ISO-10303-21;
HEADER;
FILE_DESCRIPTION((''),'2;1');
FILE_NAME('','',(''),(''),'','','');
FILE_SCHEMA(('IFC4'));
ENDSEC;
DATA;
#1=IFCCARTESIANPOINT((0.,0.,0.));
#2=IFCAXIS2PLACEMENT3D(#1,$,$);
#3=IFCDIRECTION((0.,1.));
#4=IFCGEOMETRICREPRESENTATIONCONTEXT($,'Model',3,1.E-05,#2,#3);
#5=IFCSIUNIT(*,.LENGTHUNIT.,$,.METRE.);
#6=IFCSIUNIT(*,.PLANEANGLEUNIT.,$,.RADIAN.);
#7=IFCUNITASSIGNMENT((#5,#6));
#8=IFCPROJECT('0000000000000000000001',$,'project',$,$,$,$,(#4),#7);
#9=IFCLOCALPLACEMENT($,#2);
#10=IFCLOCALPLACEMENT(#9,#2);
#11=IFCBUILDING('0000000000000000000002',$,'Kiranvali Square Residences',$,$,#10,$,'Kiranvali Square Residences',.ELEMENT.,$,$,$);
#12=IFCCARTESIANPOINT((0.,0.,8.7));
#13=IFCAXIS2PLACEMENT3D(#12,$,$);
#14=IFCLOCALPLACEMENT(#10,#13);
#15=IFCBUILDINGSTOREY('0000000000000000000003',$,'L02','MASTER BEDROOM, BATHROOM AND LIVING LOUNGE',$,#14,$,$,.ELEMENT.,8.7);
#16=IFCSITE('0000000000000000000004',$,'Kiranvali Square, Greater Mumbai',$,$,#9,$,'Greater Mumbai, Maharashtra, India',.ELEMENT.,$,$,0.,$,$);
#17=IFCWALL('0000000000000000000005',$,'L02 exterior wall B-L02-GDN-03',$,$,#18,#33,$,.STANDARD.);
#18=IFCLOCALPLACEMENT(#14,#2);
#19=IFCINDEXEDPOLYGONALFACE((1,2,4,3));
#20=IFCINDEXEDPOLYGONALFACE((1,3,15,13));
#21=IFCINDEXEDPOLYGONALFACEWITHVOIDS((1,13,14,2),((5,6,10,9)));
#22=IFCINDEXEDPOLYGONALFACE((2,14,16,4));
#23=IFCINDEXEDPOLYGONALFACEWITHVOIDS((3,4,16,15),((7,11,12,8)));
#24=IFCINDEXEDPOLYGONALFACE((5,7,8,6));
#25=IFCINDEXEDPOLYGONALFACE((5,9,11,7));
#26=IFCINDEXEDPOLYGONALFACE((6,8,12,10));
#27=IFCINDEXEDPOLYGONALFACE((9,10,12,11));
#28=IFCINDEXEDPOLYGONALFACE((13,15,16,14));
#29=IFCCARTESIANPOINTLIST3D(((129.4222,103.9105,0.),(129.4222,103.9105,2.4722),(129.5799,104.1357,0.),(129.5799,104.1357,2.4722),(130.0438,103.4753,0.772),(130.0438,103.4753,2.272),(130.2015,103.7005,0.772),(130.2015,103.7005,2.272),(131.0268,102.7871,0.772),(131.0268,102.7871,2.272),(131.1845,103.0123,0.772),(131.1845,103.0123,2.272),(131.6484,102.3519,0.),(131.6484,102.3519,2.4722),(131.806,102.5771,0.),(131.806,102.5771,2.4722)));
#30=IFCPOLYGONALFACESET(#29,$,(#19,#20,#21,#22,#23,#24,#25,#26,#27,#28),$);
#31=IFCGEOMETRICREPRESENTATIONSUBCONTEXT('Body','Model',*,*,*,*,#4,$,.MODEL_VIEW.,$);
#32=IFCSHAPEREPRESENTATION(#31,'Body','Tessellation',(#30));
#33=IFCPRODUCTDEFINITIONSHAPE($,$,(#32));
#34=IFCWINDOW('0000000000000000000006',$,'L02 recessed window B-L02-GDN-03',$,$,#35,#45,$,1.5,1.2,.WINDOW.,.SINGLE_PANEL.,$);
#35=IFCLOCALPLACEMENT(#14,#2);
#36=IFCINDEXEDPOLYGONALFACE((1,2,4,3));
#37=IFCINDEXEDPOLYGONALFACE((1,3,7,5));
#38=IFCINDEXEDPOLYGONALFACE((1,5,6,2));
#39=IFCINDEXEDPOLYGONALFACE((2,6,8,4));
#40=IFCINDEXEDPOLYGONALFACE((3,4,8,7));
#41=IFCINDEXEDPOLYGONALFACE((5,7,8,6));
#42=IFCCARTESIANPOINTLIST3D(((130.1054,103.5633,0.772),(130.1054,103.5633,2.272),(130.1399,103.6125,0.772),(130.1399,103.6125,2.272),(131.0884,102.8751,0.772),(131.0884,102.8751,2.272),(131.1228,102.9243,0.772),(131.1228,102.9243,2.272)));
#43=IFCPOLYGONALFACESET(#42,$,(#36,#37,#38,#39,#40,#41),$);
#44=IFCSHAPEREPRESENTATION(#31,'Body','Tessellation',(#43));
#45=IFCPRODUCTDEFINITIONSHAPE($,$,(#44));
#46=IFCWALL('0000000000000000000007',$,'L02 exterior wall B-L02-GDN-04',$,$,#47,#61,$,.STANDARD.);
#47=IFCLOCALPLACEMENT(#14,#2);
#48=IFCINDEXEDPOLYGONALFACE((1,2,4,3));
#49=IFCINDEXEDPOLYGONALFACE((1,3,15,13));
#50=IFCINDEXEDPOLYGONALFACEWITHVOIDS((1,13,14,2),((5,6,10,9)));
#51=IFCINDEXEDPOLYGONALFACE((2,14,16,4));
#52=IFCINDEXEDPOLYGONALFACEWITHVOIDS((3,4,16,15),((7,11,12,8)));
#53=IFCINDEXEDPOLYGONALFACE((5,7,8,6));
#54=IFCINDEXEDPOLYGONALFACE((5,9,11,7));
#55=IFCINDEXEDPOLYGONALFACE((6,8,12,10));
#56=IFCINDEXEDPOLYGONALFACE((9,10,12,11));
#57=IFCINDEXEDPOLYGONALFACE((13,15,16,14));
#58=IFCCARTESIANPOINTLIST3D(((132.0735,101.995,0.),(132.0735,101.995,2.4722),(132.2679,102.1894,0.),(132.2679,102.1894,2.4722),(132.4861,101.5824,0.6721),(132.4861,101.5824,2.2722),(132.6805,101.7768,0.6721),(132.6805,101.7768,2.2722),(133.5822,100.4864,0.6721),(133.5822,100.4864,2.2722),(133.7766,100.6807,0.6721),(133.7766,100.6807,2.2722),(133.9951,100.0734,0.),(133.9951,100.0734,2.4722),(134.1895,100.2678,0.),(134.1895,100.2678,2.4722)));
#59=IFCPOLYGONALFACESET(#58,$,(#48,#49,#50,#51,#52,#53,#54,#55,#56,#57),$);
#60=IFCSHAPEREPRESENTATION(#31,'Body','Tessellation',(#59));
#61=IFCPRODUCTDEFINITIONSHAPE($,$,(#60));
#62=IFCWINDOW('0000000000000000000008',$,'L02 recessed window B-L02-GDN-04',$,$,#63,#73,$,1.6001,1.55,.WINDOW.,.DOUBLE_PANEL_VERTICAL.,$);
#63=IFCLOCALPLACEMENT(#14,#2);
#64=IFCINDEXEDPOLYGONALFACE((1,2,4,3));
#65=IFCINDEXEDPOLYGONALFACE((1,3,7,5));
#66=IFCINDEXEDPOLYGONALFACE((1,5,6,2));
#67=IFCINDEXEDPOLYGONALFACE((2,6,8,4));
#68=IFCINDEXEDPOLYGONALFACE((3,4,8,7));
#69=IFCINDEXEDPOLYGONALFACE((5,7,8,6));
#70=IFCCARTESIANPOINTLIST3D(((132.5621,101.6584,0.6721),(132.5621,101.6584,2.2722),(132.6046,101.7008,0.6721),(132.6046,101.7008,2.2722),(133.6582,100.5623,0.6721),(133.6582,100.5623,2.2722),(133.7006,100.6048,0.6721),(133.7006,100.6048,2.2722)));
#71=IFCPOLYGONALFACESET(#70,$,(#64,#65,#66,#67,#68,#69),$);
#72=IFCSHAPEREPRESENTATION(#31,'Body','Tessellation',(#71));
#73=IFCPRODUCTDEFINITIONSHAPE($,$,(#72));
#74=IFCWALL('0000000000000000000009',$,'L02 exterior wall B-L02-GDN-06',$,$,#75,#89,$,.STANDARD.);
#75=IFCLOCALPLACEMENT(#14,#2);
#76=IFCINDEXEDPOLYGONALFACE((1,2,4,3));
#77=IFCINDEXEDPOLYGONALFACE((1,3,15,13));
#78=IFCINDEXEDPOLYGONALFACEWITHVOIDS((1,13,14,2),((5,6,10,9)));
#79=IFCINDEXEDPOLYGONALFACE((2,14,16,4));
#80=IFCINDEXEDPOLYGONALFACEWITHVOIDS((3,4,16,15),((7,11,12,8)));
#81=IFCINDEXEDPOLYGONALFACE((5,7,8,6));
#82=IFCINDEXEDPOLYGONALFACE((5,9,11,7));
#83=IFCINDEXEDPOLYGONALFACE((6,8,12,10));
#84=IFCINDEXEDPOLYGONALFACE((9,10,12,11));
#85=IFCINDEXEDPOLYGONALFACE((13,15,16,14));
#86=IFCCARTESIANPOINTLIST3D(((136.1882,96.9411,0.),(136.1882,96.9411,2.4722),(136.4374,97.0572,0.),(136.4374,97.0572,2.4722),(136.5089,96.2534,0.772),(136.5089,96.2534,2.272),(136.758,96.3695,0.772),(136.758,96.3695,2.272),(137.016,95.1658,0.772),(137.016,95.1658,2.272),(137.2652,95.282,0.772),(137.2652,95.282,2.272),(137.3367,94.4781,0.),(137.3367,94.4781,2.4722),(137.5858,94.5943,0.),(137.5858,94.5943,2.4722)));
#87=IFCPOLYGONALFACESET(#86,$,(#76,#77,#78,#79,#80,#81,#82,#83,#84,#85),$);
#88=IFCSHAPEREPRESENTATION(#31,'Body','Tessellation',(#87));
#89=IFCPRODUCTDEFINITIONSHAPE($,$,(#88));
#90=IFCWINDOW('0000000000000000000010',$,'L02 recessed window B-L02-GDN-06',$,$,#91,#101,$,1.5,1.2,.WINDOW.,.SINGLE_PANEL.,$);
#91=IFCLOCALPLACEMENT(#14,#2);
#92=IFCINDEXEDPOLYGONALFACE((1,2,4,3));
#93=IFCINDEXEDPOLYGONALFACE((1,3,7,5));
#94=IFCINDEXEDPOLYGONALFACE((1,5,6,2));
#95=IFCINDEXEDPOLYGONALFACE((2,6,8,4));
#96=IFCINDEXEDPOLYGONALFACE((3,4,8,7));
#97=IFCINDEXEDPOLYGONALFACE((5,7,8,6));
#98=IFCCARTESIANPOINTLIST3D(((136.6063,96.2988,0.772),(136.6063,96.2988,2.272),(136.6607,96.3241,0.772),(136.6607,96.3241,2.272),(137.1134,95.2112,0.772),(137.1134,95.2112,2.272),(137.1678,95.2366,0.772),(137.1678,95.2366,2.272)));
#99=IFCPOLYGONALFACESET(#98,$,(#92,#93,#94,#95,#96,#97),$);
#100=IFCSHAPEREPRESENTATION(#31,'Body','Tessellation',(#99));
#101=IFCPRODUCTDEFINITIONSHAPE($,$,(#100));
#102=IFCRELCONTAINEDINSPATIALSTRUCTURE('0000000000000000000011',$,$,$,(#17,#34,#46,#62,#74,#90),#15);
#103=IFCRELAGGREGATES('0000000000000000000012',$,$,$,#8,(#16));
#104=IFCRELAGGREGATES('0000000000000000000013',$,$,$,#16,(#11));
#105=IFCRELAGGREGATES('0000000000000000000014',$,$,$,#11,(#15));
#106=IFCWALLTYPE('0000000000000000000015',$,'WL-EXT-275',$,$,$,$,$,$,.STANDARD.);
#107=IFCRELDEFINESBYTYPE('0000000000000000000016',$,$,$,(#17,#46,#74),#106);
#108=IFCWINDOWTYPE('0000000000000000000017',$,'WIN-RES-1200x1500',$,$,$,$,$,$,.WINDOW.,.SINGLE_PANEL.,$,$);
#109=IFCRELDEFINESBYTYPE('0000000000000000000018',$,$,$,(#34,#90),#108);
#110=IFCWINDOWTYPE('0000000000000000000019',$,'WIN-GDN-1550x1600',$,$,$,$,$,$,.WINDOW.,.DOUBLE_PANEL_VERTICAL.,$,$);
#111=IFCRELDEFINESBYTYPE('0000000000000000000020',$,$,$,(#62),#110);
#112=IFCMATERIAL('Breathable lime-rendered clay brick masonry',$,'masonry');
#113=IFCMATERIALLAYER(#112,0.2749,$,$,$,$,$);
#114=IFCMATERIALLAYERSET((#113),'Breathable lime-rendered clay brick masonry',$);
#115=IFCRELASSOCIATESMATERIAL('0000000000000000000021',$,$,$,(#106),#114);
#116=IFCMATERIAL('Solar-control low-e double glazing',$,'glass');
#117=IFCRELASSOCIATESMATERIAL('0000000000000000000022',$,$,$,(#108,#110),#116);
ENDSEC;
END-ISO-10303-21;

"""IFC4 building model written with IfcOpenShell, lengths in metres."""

from ifc_helpers import new_model, si_unit, direction, frame, frame_2d, origin, place, context, subcontext, project, spatial, rectangle, extrude, material, layer, layer_set, type_object, element, fill, save


model = new_model("IFC4")

# Units and contexts
model_context = context("Model", 3, precision=1e-05, world=origin(), true_north=direction((0.0, 1.0)))
body_context = subcontext(model_context, "Body", "Model", "MODEL_VIEW")
ifc_project = project(units=[si_unit("LENGTHUNIT", "METRE"), si_unit("PLANEANGLEUNIT", "RADIAN")], contexts=[model_context])

# Site, building, storey
site_placement = place(None, origin())
site = spatial("IfcSite", under=ifc_project, at=site_placement, Name="Kiranvali Square, Greater Mumbai", LongName="Greater Mumbai, Maharashtra, India", CompositionType="ELEMENT", RefElevation=0.0)
building_placement = place(site_placement, origin())
building = spatial("IfcBuilding", under=site, at=building_placement, Name="Kiranvali Square Residences", LongName="Kiranvali Square Residences", CompositionType="ELEMENT")
storey_placement = place(building_placement, frame((0.0, 0.0, 8.7)))
storey = spatial("IfcBuildingStorey", under=building, at=storey_placement, Name="L02", Description="MASTER BEDROOM, BATHROOM AND LIVING LOUNGE", CompositionType="ELEMENT", Elevation=8.7)

# Shared definitions
ifc_material_1 = material(Name="Breathable lime-rendered clay brick masonry", Category="masonry")
ifc_layer_1 = layer(ifc_material_1, 0.2749)
ifc_layer_set_1 = layer_set([ifc_layer_1], Name="Breathable lime-rendered clay brick masonry")
wall_type_1 = type_object("IfcWallType", Name="WL-EXT-275", PredefinedType="STANDARD", material=ifc_layer_set_1)

# Walls, openings, windows
wall_1_placement = place(storey_placement, frame((129.501, 104.0232, 0.0), z_axis=(0.0, 0.0, 1.0), x_axis=(0.819173, -0.573547, 0.0)))
wall_1 = element("IfcWall", 1, at=wall_1_placement, inside=storey, type_object=wall_type_1, Name="L02 exterior wall B-L02-GDN-03", PredefinedType="STANDARD", context=body_context, shape_type="SweptSolid", body=[
    extrude(rectangle(XDim=2.7175, YDim=0.2749, at=frame_2d((1.3589, 0.0))), origin(), (0.0, 0.0, 1.0), 2.4722),
])
opening_1_placement = place(wall_1_placement, frame((0.7588, 0.0, 0.772)))
opening_1 = element("IfcOpeningElement", 2, at=opening_1_placement, cuts=wall_1, PredefinedType="OPENING", context=body_context, shape_type="SweptSolid", body=[
    extrude(rectangle(XDim=1.2, YDim=1.5, at=frame_2d((0.6001, 0.75))), frame((0.0, 0.1475, 0.0), z_axis=(0.0, -1.0, 0.0), x_axis=(1.0, 0.0, 0.0)), (0.0, 0.0, 1.0), 0.2949),
])
ifc_material_2 = material(Name="Solar-control low-e double glazing", Category="glass")
window_type_1 = type_object("IfcWindowType", Name="WIN-RES-1200x1500", PartitioningType="SINGLE_PANEL", PredefinedType="WINDOW", material=ifc_material_2)
window_1_placement = place(opening_1_placement, origin())
window_1 = element("IfcWindow", 3, at=window_1_placement, inside=storey, type_object=window_type_1, Name="L02 recessed window B-L02-GDN-03", OverallHeight=1.5, OverallWidth=1.2, PartitioningType="SINGLE_PANEL", PredefinedType="WINDOW", context=body_context, shape_type="SweptSolid", body=[
    extrude(rectangle(XDim=1.2, YDim=1.5, at=frame_2d((0.6001, 0.75))), frame((0.0, 0.03, 0.0), z_axis=(0.0, -1.0, 0.0), x_axis=(1.0, 0.0, 0.0)), (0.0, 0.0, 1.0), 0.0601),
])
fill(opening_1, window_1)
wall_2_placement = place(storey_placement, frame((132.1707, 102.0923, 0.0), z_axis=(0.0, 0.0, 1.0), x_axis=(0.707107, -0.707107, 0.0)))
wall_2 = element("IfcWall", 4, at=wall_2_placement, inside=storey, type_object=wall_type_1, Name="L02 exterior wall B-L02-GDN-04", PredefinedType="STANDARD", context=body_context, shape_type="SweptSolid", body=[
    extrude(rectangle(XDim=2.7175, YDim=0.2749, at=frame_2d((1.3589, 0.0))), origin(), (0.0, 0.0, 1.0), 2.4722),
])
opening_2_placement = place(wall_2_placement, frame((0.5837, 0.0, 0.6721)))
opening_2 = element("IfcOpeningElement", 5, at=opening_2_placement, cuts=wall_2, PredefinedType="OPENING", context=body_context, shape_type="SweptSolid", body=[
    extrude(rectangle(XDim=1.55, YDim=1.6001, at=frame_2d((0.7749, 0.8))), frame((0.0, 0.1475, 0.0), z_axis=(0.0, -1.0, 0.0), x_axis=(1.0, 0.0, 0.0)), (0.0, 0.0, 1.0), 0.2949),
])
window_type_2 = type_object("IfcWindowType", Name="WIN-GDN-1550x1600", PartitioningType="DOUBLE_PANEL_VERTICAL", PredefinedType="WINDOW", material=ifc_material_2)
window_2_placement = place(opening_2_placement, origin())
window_2 = element("IfcWindow", 6, at=window_2_placement, inside=storey, type_object=window_type_2, Name="L02 recessed window B-L02-GDN-04", OverallHeight=1.6001, OverallWidth=1.55, PartitioningType="DOUBLE_PANEL_VERTICAL", PredefinedType="WINDOW", context=body_context, shape_type="SweptSolid", body=[
    extrude(rectangle(XDim=1.55, YDim=1.6001, at=frame_2d((0.7749, 0.8))), frame((0.0, 0.03, 0.0), z_axis=(0.0, -1.0, 0.0), x_axis=(1.0, 0.0, 0.0)), (0.0, 0.0, 1.0), 0.0601),
])
fill(opening_2, window_2)

# Wall, opening, window
wall_3_placement = place(storey_placement, frame((136.3127, 96.9993, 0.0), z_axis=(0.0, 0.0, 1.0), x_axis=(0.42261, -0.906312, 0.0)))
wall_3 = element("IfcWall", 7, at=wall_3_placement, inside=storey, type_object=wall_type_1, Name="L02 exterior wall B-L02-GDN-06", PredefinedType="STANDARD", context=body_context, shape_type="SweptSolid", body=[
    extrude(rectangle(XDim=2.7175, YDim=0.2749, at=frame_2d((1.3589, 0.0))), origin(), (0.0, 0.0, 1.0), 2.4722),
])
opening_3_placement = place(wall_3_placement, frame((0.7588, 0.0, 0.772)))
opening_3 = element("IfcOpeningElement", 8, at=opening_3_placement, cuts=wall_3, PredefinedType="OPENING", context=body_context, shape_type="SweptSolid", body=[
    extrude(rectangle(XDim=1.2, YDim=1.5, at=frame_2d((0.6001, 0.75))), frame((0.0, 0.1475, 0.0), z_axis=(0.0, -1.0, 0.0), x_axis=(1.0, 0.0, 0.0)), (0.0, 0.0, 1.0), 0.2949),
])
window_3_placement = place(opening_3_placement, origin())
window_3 = element("IfcWindow", 9, at=window_3_placement, inside=storey, type_object=window_type_1, Name="L02 recessed window B-L02-GDN-06", OverallHeight=1.5, OverallWidth=1.2, PartitioningType="SINGLE_PANEL", PredefinedType="WINDOW", context=body_context, shape_type="SweptSolid", body=[
    extrude(rectangle(XDim=1.2, YDim=1.5, at=frame_2d((0.6001, 0.75))), frame((0.0, 0.03, 0.0), z_axis=(0.0, -1.0, 0.0), x_axis=(1.0, 0.0, 0.0)), (0.0, 0.0, 1.0), 0.0601),
])
fill(opening_3, window_3)

save(model, "model.ifc")
